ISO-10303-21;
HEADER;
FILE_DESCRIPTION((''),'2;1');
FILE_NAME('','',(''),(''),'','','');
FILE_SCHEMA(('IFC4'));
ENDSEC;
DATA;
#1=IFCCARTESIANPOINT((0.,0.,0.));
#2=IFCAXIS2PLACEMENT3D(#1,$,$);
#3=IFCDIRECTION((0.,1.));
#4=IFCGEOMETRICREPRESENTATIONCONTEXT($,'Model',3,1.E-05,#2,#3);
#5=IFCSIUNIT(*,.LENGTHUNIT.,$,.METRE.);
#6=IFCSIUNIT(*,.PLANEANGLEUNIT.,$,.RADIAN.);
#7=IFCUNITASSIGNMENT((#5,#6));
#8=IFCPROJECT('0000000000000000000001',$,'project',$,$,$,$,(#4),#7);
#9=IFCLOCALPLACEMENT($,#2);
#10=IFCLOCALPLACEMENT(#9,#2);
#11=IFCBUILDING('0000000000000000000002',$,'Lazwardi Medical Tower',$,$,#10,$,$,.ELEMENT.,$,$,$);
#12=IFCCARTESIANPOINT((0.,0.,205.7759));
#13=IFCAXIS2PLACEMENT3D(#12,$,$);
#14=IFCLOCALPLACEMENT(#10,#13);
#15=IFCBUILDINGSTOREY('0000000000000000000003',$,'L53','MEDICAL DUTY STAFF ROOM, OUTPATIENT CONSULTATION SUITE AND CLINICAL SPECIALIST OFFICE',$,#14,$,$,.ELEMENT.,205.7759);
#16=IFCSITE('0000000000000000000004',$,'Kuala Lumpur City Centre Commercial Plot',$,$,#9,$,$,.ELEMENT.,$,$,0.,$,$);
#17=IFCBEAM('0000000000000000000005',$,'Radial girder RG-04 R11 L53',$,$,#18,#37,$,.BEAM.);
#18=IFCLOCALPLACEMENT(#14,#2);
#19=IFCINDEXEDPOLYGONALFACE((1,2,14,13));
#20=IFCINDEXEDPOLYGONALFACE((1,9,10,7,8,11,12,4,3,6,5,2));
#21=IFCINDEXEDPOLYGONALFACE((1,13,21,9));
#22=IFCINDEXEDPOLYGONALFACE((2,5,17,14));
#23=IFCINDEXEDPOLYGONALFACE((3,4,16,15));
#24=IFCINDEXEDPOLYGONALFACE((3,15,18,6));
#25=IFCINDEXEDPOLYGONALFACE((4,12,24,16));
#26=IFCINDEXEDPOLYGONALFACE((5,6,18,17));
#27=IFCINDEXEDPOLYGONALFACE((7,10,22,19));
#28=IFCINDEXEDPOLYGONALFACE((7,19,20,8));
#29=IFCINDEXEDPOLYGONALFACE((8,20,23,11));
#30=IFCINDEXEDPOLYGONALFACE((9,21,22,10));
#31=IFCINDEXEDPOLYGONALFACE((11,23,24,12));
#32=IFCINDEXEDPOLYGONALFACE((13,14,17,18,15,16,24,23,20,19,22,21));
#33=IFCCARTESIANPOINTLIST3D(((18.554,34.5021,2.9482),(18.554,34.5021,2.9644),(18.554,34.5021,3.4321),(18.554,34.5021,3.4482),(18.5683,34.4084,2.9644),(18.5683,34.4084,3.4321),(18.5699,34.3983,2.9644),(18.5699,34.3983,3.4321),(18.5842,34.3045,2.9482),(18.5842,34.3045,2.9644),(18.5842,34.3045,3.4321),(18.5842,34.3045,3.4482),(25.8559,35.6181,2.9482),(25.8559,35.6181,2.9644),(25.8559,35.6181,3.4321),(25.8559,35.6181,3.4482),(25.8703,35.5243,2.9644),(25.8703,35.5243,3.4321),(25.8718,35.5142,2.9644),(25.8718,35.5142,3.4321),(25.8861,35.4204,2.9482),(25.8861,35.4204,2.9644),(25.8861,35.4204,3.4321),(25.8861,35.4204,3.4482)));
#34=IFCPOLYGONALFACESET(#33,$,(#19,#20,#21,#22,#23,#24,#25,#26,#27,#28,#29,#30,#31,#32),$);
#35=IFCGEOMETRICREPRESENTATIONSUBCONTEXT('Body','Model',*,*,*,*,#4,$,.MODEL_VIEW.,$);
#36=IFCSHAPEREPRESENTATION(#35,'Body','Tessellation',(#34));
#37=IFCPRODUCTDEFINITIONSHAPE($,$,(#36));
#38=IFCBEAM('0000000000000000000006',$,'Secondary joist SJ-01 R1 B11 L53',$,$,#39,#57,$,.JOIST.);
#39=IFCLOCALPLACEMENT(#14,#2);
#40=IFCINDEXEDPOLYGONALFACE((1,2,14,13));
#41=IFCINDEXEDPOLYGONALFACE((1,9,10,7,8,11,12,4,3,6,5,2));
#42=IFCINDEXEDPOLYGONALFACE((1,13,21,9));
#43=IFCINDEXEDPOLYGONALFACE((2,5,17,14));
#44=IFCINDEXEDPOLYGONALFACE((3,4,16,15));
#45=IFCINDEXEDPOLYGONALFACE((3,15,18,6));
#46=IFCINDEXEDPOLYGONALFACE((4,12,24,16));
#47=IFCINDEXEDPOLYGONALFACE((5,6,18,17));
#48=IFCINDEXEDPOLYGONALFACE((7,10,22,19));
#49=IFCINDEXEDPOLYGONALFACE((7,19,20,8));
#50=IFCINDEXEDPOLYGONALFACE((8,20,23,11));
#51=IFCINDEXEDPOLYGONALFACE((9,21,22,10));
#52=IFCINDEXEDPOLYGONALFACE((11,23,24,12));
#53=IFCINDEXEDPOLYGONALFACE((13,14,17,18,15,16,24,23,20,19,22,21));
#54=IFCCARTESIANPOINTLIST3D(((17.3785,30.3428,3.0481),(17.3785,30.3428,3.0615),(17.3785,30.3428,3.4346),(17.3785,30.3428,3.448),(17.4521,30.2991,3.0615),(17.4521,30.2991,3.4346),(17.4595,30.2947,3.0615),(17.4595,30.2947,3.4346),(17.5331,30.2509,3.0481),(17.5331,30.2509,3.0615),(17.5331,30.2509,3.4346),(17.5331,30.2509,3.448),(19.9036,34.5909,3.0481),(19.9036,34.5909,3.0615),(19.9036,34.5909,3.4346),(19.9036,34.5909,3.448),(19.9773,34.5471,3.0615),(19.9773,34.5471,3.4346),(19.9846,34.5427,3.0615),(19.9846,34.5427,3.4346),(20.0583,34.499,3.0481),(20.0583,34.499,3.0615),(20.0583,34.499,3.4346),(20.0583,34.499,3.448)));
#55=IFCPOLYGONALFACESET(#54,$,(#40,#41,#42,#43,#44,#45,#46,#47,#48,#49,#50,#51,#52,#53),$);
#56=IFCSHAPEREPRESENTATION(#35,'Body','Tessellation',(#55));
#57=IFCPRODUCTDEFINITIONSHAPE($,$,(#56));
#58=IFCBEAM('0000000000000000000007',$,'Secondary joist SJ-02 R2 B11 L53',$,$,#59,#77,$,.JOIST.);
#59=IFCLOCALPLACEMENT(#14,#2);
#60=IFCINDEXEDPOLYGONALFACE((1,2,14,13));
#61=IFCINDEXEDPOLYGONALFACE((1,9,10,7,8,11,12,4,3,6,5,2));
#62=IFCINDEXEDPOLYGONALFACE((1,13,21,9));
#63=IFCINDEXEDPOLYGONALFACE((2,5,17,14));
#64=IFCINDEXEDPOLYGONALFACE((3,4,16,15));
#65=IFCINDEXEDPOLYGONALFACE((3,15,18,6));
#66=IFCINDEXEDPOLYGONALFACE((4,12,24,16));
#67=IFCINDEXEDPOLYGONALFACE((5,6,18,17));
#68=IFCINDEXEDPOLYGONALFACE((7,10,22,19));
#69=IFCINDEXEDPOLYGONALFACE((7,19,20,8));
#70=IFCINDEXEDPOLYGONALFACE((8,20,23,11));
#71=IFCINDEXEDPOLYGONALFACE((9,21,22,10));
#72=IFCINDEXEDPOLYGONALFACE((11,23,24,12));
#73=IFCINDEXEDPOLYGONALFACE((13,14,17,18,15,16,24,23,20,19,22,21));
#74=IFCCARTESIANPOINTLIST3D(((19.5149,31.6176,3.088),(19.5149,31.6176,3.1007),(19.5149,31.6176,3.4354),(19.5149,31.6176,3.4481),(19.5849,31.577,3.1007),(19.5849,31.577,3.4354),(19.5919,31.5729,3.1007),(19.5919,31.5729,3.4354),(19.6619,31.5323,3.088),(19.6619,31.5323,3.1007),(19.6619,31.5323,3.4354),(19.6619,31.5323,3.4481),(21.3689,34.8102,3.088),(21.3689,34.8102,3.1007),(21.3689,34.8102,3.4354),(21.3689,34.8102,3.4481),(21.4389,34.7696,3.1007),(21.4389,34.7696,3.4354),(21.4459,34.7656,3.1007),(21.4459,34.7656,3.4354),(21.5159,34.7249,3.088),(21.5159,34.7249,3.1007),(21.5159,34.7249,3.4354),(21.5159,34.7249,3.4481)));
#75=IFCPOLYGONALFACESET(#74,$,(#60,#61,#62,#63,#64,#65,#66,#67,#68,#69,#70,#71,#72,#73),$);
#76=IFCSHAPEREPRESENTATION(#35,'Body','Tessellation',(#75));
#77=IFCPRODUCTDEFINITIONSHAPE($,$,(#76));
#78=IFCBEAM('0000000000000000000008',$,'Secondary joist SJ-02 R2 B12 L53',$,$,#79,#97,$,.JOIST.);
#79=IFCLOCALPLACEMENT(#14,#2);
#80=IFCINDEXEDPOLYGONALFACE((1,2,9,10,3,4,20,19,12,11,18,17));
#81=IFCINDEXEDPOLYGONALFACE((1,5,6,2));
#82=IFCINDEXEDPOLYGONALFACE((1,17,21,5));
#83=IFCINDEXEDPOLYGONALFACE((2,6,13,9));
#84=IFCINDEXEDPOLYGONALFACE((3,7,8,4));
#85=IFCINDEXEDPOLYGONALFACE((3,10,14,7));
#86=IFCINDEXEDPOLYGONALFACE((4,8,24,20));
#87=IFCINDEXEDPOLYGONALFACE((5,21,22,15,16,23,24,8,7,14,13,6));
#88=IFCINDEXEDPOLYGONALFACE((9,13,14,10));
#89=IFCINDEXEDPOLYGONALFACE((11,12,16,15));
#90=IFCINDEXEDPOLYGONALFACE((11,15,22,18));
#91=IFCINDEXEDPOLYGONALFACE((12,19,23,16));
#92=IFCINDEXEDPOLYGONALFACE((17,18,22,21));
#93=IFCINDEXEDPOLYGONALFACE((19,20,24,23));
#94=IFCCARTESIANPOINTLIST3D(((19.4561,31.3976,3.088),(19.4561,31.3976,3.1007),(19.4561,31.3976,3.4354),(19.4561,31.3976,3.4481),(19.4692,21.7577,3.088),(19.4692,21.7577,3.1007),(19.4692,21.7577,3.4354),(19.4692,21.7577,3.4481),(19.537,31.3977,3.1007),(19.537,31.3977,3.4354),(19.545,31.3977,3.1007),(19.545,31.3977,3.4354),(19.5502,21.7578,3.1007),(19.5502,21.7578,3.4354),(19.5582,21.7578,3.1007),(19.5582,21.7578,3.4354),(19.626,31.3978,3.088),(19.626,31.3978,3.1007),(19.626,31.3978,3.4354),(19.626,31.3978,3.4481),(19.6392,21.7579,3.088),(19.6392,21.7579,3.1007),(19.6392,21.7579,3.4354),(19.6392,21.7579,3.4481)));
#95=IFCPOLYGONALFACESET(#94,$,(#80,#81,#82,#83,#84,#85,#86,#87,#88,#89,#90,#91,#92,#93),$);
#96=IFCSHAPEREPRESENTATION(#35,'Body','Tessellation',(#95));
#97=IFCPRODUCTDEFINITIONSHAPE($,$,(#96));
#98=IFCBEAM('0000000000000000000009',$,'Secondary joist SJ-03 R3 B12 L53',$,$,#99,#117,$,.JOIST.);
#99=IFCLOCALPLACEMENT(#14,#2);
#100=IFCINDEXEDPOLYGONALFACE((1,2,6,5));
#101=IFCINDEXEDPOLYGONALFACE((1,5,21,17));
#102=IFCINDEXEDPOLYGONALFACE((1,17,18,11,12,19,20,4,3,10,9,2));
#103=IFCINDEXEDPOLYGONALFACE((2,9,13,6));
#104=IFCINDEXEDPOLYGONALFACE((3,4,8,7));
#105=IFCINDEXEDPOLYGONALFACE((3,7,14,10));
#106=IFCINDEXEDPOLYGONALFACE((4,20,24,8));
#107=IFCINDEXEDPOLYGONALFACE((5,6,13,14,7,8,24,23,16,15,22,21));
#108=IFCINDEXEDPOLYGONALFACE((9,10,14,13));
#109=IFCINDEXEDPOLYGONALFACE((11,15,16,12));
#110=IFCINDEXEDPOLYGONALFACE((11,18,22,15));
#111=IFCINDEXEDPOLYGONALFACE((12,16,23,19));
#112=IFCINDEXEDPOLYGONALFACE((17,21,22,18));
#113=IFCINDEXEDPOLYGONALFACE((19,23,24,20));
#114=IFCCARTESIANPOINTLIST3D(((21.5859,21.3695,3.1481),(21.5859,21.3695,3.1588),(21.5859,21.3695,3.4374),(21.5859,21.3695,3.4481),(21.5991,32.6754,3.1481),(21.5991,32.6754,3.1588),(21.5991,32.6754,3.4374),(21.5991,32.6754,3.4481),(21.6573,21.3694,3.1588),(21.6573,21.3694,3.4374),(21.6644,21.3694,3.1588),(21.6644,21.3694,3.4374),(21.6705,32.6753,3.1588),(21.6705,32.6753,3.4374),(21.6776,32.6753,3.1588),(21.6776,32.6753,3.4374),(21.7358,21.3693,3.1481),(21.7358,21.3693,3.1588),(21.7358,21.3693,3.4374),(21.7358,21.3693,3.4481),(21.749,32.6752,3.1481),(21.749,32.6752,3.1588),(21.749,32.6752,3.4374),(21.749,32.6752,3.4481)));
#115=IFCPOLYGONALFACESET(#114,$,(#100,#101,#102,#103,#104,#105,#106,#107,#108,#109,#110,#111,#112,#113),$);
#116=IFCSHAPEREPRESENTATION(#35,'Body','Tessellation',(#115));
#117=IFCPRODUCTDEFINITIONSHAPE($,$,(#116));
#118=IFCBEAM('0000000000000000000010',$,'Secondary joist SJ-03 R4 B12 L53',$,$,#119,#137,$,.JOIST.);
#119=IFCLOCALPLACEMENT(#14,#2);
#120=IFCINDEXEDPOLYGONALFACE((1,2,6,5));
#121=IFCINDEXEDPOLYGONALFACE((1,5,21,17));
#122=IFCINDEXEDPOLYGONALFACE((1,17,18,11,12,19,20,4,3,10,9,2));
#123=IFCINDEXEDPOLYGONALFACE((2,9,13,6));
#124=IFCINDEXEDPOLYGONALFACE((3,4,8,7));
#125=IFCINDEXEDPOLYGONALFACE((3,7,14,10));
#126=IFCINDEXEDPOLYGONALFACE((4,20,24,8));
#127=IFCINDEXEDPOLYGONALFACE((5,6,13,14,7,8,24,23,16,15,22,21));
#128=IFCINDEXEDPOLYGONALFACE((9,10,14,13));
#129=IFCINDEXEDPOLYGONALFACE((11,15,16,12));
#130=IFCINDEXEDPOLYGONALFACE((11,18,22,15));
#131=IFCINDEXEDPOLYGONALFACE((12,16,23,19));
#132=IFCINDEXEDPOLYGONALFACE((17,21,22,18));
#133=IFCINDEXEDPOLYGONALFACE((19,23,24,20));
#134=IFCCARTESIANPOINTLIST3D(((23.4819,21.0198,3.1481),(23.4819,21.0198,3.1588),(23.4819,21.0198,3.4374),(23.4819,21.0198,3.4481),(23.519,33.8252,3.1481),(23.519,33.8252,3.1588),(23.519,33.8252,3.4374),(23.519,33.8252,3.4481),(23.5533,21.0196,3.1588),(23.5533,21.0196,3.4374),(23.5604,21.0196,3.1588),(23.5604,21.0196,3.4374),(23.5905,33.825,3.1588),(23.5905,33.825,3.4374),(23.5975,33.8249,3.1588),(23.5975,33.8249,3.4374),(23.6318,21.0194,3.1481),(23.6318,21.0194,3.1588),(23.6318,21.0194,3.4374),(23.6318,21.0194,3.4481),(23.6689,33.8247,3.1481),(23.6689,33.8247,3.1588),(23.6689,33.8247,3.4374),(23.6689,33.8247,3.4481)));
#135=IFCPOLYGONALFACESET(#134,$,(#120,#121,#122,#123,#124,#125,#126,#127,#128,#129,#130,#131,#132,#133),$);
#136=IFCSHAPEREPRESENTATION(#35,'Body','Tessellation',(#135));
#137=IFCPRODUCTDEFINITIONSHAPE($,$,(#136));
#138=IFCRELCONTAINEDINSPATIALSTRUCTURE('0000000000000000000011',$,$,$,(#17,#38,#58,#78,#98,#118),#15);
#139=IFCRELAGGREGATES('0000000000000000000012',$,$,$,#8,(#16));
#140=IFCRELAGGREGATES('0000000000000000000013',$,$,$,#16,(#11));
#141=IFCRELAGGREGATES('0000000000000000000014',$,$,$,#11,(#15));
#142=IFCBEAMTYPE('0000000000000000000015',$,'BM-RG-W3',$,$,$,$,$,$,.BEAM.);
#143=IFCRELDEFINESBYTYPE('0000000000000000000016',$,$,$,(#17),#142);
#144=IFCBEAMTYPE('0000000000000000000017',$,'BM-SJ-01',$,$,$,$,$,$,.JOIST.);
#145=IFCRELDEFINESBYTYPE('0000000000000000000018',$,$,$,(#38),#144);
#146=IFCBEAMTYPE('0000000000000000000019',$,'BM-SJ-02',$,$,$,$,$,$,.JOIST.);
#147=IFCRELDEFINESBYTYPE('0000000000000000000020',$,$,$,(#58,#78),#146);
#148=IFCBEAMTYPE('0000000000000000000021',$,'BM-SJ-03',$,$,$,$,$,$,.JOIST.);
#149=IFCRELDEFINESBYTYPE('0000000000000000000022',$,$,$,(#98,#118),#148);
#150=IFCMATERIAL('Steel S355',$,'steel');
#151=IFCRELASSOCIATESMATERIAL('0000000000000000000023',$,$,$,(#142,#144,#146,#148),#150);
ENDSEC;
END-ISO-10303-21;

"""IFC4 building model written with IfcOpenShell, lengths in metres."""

from ifc_helpers import new_model, si_unit, direction, frame, origin, origin_2d, place, context, subcontext, project, spatial, i_section, extrude, material, material_profile, profile_set, type_object, element, save


model = new_model("IFC4")

# Units and contexts
model_context = context("Model", 3, precision=1e-05, world=origin(), true_north=direction((0.0, 1.0)))
body_context = subcontext(model_context, "Body", "Model", "MODEL_VIEW")
ifc_project = project(units=[si_unit("LENGTHUNIT", "METRE"), si_unit("PLANEANGLEUNIT", "RADIAN")], contexts=[model_context])

# Site, building, storey
site_placement = place(None, origin())
site = spatial("IfcSite", under=ifc_project, at=site_placement, Name="Kuala Lumpur City Centre Commercial Plot", CompositionType="ELEMENT", RefElevation=0.0)
building_placement = place(site_placement, origin())
building = spatial("IfcBuilding", under=site, at=building_placement, Name="Lazwardi Medical Tower", CompositionType="ELEMENT")
storey_placement = place(building_placement, frame((0.0, 0.0, 205.7759)))
storey = spatial("IfcBuildingStorey", under=building, at=storey_placement, Name="L53", Description="MEDICAL DUTY STAFF ROOM, OUTPATIENT CONSULTATION SUITE AND CLINICAL SPECIALIST OFFICE", CompositionType="ELEMENT", Elevation=205.7759)

# Beams
ifc_material_1 = material(Name="Steel S355", Category="steel")
ifc_material_profile_1 = material_profile(ifc_material_1, i_section(OverallWidth=0.2, OverallDepth=0.5, WebThickness=0.0103, FlangeThickness=0.0161, at=origin_2d()), Name="IPE 500")
ifc_profile_set_1 = profile_set([ifc_material_profile_1], Name="Steel S355")
beam_type_1 = type_object("IfcBeamType", Name="BM-RG-W3", PredefinedType="BEAM", material=ifc_profile_set_1)
beam_1_placement = place(storey_placement, frame((18.5691, 34.4033, 3.1982), z_axis=(0.988522, 0.151076, 0.0), x_axis=(-0.151076, 0.988522, 0.0)))
element("IfcBeam", 1, at=beam_1_placement, inside=storey, type_object=beam_type_1, Name="Radial girder RG-04 R11 L53", PredefinedType="BEAM", context=body_context, shape_type="SweptSolid", body=[
    extrude(i_section(OverallWidth=0.2, OverallDepth=0.5, WebThickness=0.0103, FlangeThickness=0.0161, at=origin_2d()), origin(), (0.0, 0.0, 1.0), 7.3867),
])
ifc_material_profile_2 = material_profile(ifc_material_1, i_section(OverallWidth=0.1799, OverallDepth=0.3999, WebThickness=0.0085, FlangeThickness=0.0134, at=origin_2d()), Name="IPE 400")
ifc_profile_set_2 = profile_set([ifc_material_profile_2], Name="Steel S355")
beam_type_2 = type_object("IfcBeamType", Name="BM-SJ-01", PredefinedType="JOIST", material=ifc_profile_set_2)
beam_2_placement = place(storey_placement, frame((19.981, 34.5449, 3.248), z_axis=(-0.510968, -0.8596, 0.0), x_axis=(0.8596, -0.510968, 0.0)))
element("IfcBeam", 2, at=beam_2_placement, inside=storey, type_object=beam_type_2, Name="Secondary joist SJ-01 R1 B11 L53", PredefinedType="JOIST", context=body_context, shape_type="SweptSolid", body=[
    extrude(i_section(OverallWidth=0.1799, OverallDepth=0.3999, WebThickness=0.0085, FlangeThickness=0.0134, at=origin_2d()), origin(), (0.0, 0.0, 1.0), 4.9419),
])
ifc_material_profile_3 = material_profile(ifc_material_1, i_section(OverallWidth=0.1699, OverallDepth=0.3601, WebThickness=0.0081, FlangeThickness=0.0127, at=origin_2d()), Name="IPE 360")
ifc_profile_set_3 = profile_set([ifc_material_profile_3], Name="Steel S355")
beam_type_3 = type_object("IfcBeamType", Name="BM-SJ-02", PredefinedType="JOIST", material=ifc_profile_set_3)
beam_3_placement = place(storey_placement, frame((21.4424, 34.7676, 3.2681), z_axis=(-0.50218, -0.864763, 0.0), x_axis=(0.864763, -0.50218, 0.0)))
element("IfcBeam", 3, at=beam_3_placement, inside=storey, type_object=beam_type_3, Name="Secondary joist SJ-02 R2 B11 L53", PredefinedType="JOIST", context=body_context, shape_type="SweptSolid", body=[
    extrude(i_section(OverallWidth=0.1699, OverallDepth=0.3601, WebThickness=0.0081, FlangeThickness=0.0127, at=origin_2d()), origin(), (0.0, 0.0, 1.0), 3.6919),
])
beam_4_placement = place(storey_placement, frame((19.541, 31.3977, 3.2681), z_axis=(0.001368, -0.999999, 0.0), x_axis=(0.999999, 0.001368, 0.0)))
element("IfcBeam", 4, at=beam_4_placement, inside=storey, type_object=beam_type_3, Name="Secondary joist SJ-02 R2 B12 L53", PredefinedType="JOIST", context=body_context, shape_type="SweptSolid", body=[
    extrude(i_section(OverallWidth=0.1699, OverallDepth=0.3601, WebThickness=0.0081, FlangeThickness=0.0127, at=origin_2d()), origin(), (0.0, 0.0, 1.0), 9.6399),
])
ifc_material_profile_4 = material_profile(ifc_material_1, i_section(OverallWidth=0.1499, OverallDepth=0.3, WebThickness=0.0071, FlangeThickness=0.0107, at=origin_2d()), Name="IPE 300")
ifc_profile_set_4 = profile_set([ifc_material_profile_4], Name="Steel S355")
beam_type_4 = type_object("IfcBeamType", Name="BM-SJ-03", PredefinedType="JOIST", material=ifc_profile_set_4)
beam_5_placement = place(storey_placement, frame((21.6741, 32.6753, 3.2981), z_axis=(-0.001166, -0.999999, 0.0), x_axis=(0.999999, -0.001166, 0.0)))
element("IfcBeam", 5, at=beam_5_placement, inside=storey, type_object=beam_type_4, Name="Secondary joist SJ-03 R3 B12 L53", PredefinedType="JOIST", context=body_context, shape_type="SweptSolid", body=[
    extrude(i_section(OverallWidth=0.1499, OverallDepth=0.3, WebThickness=0.0071, FlangeThickness=0.0107, at=origin_2d()), origin(), (0.0, 0.0, 1.0), 11.3059),
])
beam_6_placement = place(storey_placement, frame((23.594, 33.825, 3.2981), z_axis=(-0.002898, -0.999996, 0.0), x_axis=(0.999996, -0.002898, 0.0)))
element("IfcBeam", 6, at=beam_6_placement, inside=storey, type_object=beam_type_4, Name="Secondary joist SJ-03 R4 B12 L53", PredefinedType="JOIST", context=body_context, shape_type="SweptSolid", body=[
    extrude(i_section(OverallWidth=0.1499, OverallDepth=0.3, WebThickness=0.0071, FlangeThickness=0.0107, at=origin_2d()), origin(), (0.0, 0.0, 1.0), 12.8054),
])

save(model, "model.ifc")
